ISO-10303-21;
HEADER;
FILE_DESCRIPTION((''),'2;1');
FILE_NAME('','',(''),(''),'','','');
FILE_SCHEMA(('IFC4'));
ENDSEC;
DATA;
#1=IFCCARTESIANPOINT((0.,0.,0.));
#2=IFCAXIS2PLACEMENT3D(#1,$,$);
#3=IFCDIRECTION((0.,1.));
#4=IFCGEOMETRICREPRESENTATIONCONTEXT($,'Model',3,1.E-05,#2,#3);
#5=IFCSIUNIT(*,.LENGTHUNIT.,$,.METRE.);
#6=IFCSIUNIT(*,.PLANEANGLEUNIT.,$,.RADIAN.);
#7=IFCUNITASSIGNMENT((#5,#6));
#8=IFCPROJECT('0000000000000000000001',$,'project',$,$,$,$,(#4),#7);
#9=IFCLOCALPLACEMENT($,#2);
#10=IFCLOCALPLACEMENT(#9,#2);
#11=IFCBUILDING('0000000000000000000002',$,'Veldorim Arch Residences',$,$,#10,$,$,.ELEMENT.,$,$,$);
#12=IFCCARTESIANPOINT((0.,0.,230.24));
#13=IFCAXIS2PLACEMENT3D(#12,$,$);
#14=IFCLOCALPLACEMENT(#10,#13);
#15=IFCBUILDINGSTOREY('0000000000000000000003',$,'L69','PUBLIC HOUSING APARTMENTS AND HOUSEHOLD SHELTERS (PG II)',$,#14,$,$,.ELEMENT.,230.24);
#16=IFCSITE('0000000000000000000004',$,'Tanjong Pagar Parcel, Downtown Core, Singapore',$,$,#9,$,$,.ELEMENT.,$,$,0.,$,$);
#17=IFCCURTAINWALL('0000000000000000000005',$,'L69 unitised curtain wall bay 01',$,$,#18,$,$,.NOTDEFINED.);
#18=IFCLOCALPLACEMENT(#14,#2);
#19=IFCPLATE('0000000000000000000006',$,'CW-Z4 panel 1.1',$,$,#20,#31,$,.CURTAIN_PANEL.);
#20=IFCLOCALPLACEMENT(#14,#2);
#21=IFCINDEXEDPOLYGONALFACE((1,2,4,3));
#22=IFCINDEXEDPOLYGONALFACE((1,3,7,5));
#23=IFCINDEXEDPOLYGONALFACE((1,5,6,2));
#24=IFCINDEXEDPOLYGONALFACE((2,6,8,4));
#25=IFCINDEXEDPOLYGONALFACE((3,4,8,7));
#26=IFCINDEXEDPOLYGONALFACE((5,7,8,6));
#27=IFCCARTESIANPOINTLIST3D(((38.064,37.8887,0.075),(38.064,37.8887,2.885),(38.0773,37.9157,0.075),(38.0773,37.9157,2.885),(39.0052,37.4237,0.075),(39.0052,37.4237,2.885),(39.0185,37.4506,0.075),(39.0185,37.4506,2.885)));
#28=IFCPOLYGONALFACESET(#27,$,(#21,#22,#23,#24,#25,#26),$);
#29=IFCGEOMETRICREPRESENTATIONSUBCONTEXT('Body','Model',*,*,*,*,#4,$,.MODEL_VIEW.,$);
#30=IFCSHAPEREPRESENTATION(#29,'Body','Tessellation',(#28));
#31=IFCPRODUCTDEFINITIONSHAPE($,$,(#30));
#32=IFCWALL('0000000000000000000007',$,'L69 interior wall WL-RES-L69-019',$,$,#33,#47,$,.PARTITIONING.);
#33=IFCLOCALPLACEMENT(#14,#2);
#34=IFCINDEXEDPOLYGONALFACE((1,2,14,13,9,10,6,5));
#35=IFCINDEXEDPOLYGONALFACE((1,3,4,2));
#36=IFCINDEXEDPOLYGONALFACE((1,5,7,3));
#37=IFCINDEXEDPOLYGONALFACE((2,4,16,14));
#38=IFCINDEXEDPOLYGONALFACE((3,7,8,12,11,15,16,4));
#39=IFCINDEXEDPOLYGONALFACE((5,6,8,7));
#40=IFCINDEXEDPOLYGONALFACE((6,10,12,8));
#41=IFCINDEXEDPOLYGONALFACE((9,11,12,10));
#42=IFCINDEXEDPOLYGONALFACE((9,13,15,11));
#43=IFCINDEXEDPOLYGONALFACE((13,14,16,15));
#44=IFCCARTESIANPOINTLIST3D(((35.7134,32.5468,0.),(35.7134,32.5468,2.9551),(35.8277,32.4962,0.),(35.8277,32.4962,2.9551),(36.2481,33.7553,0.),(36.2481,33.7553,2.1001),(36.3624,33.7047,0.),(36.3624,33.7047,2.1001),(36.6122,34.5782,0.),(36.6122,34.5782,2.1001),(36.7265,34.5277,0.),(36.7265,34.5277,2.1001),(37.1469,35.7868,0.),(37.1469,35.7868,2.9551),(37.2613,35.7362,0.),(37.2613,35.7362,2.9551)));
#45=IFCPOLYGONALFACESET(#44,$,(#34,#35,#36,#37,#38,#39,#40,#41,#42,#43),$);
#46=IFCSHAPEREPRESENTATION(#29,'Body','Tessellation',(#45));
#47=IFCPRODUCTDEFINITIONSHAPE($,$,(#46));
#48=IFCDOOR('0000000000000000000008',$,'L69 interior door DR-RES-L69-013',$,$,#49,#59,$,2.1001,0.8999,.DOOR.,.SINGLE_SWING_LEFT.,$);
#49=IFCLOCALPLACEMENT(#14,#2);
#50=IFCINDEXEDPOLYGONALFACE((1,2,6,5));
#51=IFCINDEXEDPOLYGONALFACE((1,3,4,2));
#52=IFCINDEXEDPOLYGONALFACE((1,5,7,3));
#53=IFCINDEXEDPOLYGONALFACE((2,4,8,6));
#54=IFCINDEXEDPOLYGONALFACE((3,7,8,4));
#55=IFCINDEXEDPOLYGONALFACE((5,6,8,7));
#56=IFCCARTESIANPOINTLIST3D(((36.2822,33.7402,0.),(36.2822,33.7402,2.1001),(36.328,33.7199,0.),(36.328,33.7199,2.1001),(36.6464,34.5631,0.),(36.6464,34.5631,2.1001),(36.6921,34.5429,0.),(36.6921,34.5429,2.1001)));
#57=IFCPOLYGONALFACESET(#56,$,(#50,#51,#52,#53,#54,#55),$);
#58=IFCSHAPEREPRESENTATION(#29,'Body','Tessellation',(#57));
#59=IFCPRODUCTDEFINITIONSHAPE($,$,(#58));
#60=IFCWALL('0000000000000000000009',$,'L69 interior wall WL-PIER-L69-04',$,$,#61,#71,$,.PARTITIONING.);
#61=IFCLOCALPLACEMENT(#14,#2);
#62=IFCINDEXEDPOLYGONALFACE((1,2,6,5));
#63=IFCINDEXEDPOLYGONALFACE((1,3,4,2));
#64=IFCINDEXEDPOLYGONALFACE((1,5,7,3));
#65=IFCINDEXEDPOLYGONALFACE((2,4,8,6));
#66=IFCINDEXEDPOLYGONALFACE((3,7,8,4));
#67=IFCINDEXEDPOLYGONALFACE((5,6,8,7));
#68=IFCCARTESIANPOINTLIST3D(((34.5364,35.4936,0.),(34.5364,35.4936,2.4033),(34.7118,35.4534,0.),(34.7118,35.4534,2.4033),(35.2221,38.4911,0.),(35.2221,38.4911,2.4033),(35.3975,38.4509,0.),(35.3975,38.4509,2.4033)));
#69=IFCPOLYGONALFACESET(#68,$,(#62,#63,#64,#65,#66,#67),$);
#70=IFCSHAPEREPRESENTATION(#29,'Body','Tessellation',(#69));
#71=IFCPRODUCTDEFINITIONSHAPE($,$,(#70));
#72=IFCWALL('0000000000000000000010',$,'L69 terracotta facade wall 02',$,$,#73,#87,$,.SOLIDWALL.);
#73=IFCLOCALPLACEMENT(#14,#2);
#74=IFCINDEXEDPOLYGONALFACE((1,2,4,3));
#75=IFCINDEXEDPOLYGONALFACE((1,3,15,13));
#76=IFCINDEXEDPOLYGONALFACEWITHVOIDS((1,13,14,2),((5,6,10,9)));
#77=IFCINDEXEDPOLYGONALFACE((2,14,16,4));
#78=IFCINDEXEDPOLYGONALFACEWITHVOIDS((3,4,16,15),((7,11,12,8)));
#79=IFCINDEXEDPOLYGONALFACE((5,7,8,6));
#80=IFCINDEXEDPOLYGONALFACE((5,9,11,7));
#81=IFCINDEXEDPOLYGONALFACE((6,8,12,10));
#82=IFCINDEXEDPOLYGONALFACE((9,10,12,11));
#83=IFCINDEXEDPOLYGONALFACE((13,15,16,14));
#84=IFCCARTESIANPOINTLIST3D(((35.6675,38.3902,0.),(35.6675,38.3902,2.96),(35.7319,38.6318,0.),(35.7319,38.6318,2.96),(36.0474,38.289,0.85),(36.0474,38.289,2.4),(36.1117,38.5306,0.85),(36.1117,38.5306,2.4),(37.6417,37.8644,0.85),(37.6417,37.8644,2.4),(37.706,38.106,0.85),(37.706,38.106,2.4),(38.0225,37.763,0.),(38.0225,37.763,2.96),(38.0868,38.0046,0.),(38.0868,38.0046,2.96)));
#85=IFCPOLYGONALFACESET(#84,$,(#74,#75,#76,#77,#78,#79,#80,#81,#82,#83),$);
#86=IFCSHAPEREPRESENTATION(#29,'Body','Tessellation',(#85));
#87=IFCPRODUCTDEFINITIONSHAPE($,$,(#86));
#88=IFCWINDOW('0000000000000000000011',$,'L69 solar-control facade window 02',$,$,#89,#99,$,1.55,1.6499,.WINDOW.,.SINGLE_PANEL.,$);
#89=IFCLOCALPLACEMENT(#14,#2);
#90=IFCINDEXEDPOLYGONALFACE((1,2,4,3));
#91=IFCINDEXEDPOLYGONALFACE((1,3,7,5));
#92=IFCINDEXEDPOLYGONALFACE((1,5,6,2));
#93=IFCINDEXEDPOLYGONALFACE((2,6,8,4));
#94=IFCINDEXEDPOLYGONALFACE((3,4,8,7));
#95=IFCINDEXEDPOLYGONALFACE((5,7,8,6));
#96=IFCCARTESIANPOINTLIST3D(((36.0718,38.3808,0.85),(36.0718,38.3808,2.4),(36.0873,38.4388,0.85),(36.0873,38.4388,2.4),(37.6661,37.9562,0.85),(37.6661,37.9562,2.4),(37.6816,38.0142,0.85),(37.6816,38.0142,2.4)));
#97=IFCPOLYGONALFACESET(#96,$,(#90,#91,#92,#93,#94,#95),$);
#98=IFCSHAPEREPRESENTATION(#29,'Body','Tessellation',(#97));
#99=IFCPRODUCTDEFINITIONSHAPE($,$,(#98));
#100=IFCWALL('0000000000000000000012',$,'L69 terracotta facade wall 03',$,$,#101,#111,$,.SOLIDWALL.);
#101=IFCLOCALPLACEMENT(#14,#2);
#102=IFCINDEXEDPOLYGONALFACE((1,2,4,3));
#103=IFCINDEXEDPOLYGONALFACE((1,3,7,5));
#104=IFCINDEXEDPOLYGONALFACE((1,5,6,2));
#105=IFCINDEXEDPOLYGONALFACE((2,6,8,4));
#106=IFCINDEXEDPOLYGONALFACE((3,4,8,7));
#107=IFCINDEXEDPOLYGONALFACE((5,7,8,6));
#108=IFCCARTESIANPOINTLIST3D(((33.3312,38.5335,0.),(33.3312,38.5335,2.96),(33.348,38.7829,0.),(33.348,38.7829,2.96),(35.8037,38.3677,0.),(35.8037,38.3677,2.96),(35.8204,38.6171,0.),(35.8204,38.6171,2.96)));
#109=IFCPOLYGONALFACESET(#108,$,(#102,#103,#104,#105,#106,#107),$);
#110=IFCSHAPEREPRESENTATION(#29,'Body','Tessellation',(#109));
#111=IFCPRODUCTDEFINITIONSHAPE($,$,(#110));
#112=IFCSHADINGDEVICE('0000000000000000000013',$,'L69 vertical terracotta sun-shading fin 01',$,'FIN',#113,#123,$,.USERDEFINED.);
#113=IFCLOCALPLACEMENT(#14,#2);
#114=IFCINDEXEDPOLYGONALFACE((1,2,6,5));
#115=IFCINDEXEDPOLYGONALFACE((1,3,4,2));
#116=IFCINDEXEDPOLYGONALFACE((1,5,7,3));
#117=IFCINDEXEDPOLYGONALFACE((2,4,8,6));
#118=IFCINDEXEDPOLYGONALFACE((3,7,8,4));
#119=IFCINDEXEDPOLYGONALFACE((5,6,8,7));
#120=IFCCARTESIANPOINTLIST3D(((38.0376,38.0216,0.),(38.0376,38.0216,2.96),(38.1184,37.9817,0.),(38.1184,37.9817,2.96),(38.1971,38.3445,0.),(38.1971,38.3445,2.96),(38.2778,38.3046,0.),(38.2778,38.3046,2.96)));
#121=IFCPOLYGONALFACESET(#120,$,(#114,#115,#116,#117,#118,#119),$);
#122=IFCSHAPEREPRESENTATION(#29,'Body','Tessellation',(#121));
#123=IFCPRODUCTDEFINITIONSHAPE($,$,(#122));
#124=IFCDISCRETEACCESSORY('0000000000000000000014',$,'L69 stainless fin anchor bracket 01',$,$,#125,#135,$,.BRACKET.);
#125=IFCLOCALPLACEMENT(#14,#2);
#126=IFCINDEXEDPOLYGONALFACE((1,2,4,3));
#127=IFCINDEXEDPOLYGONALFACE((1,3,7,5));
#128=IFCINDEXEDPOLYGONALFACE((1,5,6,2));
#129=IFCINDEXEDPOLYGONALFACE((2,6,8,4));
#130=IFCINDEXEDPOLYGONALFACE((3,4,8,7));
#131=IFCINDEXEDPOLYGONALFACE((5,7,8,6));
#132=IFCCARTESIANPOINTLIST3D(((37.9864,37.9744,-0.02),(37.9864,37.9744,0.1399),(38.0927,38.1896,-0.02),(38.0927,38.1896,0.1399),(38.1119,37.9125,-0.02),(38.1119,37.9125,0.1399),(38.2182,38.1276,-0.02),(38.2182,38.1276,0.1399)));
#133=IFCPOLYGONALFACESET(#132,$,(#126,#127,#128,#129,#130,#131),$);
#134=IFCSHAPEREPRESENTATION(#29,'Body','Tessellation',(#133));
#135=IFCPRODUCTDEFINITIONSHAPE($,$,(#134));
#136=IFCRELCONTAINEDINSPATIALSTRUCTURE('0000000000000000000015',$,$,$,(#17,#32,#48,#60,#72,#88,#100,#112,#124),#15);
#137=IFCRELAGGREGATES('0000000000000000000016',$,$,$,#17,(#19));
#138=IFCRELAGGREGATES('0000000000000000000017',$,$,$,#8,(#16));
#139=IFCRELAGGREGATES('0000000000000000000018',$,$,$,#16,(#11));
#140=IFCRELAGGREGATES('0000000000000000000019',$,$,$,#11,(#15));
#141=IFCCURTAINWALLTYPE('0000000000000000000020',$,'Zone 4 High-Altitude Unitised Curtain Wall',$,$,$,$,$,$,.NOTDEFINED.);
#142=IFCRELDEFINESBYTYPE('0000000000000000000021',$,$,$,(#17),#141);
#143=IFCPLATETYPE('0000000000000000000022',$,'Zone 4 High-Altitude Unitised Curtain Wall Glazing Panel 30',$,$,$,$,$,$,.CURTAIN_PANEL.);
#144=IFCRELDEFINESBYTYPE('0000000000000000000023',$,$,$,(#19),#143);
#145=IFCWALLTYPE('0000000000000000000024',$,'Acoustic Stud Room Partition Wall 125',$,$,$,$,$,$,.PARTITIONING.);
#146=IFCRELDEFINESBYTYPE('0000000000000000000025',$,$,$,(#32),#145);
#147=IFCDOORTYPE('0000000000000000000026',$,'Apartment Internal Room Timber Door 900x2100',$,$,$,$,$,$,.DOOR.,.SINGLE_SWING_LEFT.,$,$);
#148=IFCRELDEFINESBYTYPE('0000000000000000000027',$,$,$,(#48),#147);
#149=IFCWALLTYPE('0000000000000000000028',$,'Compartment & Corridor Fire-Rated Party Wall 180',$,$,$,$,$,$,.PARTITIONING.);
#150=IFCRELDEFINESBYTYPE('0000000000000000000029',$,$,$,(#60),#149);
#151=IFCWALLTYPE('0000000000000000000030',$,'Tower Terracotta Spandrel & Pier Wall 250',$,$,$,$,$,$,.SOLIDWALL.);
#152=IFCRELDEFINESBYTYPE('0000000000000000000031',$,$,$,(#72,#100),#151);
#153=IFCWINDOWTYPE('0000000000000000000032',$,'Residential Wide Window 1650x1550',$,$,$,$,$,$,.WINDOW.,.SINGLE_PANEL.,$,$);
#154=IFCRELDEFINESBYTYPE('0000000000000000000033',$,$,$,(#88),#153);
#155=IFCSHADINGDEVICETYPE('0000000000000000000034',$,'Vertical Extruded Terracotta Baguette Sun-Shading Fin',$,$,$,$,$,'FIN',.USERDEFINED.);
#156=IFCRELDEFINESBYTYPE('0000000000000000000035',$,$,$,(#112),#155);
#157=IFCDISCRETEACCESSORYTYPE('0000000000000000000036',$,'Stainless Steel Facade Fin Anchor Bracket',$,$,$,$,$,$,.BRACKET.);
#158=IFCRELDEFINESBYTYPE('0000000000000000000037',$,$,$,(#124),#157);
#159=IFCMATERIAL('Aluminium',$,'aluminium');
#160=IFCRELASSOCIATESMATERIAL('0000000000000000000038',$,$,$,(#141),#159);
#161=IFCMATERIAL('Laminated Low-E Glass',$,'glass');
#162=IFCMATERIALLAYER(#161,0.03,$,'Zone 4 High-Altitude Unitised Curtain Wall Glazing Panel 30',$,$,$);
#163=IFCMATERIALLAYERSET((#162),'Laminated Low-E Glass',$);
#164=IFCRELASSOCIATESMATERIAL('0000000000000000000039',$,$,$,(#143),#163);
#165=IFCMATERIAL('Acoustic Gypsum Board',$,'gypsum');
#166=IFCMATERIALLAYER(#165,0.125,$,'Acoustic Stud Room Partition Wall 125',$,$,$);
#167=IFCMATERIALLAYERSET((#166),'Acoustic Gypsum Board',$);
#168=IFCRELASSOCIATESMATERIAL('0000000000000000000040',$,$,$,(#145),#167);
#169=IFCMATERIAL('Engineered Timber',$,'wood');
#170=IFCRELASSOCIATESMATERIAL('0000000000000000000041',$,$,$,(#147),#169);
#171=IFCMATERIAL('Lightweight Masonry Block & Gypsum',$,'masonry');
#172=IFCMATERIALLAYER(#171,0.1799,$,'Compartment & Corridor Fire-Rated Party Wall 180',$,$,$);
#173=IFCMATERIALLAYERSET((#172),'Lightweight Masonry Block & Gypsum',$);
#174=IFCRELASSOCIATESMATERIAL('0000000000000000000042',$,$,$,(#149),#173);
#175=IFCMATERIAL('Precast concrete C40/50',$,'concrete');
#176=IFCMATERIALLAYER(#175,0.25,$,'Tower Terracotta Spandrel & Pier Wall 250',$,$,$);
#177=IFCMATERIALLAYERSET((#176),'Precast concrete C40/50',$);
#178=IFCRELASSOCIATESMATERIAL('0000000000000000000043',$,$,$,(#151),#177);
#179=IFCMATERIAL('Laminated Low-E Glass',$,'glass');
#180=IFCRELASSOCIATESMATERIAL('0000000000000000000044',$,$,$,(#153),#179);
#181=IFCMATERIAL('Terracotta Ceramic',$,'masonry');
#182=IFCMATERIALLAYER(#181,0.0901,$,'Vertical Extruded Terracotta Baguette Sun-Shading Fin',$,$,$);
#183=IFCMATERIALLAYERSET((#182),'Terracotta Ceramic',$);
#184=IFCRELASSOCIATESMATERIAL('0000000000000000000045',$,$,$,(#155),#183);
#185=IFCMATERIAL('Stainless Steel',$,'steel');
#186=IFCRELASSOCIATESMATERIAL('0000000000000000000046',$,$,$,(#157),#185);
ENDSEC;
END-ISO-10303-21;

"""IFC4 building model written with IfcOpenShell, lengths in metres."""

from ifc_helpers import new_model, si_unit, direction, frame, frame_2d, origin, origin_2d, place, context, subcontext, project, spatial, rectangle, extrude, material, layer, layer_set, type_object, element, fill, aggregate, save


model = new_model("IFC4")

# Units and contexts
model_context = context("Model", 3, precision=1e-05, world=origin(), true_north=direction((0.0, 1.0)))
body_context = subcontext(model_context, "Body", "Model", "MODEL_VIEW")
ifc_project = project(units=[si_unit("LENGTHUNIT", "METRE"), si_unit("PLANEANGLEUNIT", "RADIAN")], contexts=[model_context])

# Site, building, storey
site_placement = place(None, origin())
site = spatial("IfcSite", under=ifc_project, at=site_placement, Name="Tanjong Pagar Parcel, Downtown Core, Singapore", CompositionType="ELEMENT", RefElevation=0.0)
building_placement = place(site_placement, origin())
building = spatial("IfcBuilding", under=site, at=building_placement, Name="Veldorim Arch Residences", CompositionType="ELEMENT")
storey_placement = place(building_placement, frame((0.0, 0.0, 230.24)))
storey = spatial("IfcBuildingStorey", under=building, at=storey_placement, Name="L69", Description="PUBLIC HOUSING APARTMENTS AND HOUSEHOLD SHELTERS (PG II)", CompositionType="ELEMENT", Elevation=230.24)

# Curtain wall, plate
ifc_material_1 = material(Name="Aluminium", Category="aluminium")
curtain_wall_type = type_object("IfcCurtainWallType", Name="Zone 4 High-Altitude Unitised Curtain Wall", PredefinedType="NOTDEFINED", material=ifc_material_1)
curtain_wall_placement = place(storey_placement, origin())
curtain_wall = element("IfcCurtainWall", 1, at=curtain_wall_placement, inside=storey, type_object=curtain_wall_type, Name="L69 unitised curtain wall bay 01", PredefinedType="NOTDEFINED")
ifc_material_2 = material(Name="Laminated Low-E Glass", Category="glass")
ifc_layer_1 = layer(ifc_material_2, 0.03, Name="Zone 4 High-Altitude Unitised Curtain Wall Glazing Panel 30")
ifc_layer_set_1 = layer_set([ifc_layer_1], Name="Laminated Low-E Glass")
plate_type = type_object("IfcPlateType", Name="Zone 4 High-Altitude Unitised Curtain Wall Glazing Panel 30", PredefinedType="CURTAIN_PANEL", material=ifc_layer_set_1)
plate_placement = place(storey_placement, frame((38.5413, 37.6697, 0.075), z_axis=(0.0, 0.0, 1.0), x_axis=(0.896525, -0.442993, 0.0)))
plate = element("IfcPlate", 2, at=plate_placement, type_object=plate_type, Name="CW-Z4 panel 1.1", PredefinedType="CURTAIN_PANEL", context=body_context, shape_type="SweptSolid", body=[
    extrude(rectangle(XDim=1.0498, YDim=0.03, at=origin_2d()), origin(), (0.0, 0.0, 1.0), 2.8101),
])
aggregate(curtain_wall, [plate])

# Wall, opening, door
ifc_material_3 = material(Name="Acoustic Gypsum Board", Category="gypsum")
ifc_layer_2 = layer(ifc_material_3, 0.125, Name="Acoustic Stud Room Partition Wall 125")
ifc_layer_set_2 = layer_set([ifc_layer_2], Name="Acoustic Gypsum Board")
wall_type_1 = type_object("IfcWallType", Name="Acoustic Stud Room Partition Wall 125", PredefinedType="PARTITIONING", material=ifc_layer_set_2)
wall_1_placement = place(storey_placement, frame((37.2041, 35.7615, 0.0), z_axis=(0.0, 0.0, 1.0), x_axis=(-0.404629, -0.914481, 0.0)))
wall_1 = element("IfcWall", 3, at=wall_1_placement, inside=storey, type_object=wall_type_1, Name="L69 interior wall WL-RES-L69-019", PredefinedType="PARTITIONING", context=body_context, shape_type="SweptSolid", body=[
    extrude(rectangle(XDim=3.543, YDim=0.125, at=frame_2d((1.7715, 0.0))), origin(), (0.0, 0.0, 1.0), 2.9551),
])
opening_1_placement = place(wall_1_placement, frame((1.3215, 0.0, 0.0)))
opening_1 = element("IfcOpeningElement", 4, at=opening_1_placement, cuts=wall_1, PredefinedType="OPENING", context=body_context, shape_type="SweptSolid", body=[
    extrude(rectangle(XDim=0.8999, YDim=2.1001, at=frame_2d((0.45, 1.05))), frame((0.0, 0.0725, 0.0), z_axis=(0.0, -1.0, 0.0), x_axis=(1.0, 0.0, 0.0)), (0.0, 0.0, 1.0), 0.145),
])
ifc_material_4 = material(Name="Engineered Timber", Category="wood")
door_type = type_object("IfcDoorType", Name="Apartment Internal Room Timber Door 900x2100", OperationType="SINGLE_SWING_LEFT", PredefinedType="DOOR", material=ifc_material_4)
door_placement = place(opening_1_placement, origin())
door = element("IfcDoor", 5, at=door_placement, inside=storey, type_object=door_type, Name="L69 interior door DR-RES-L69-013", OperationType="SINGLE_SWING_LEFT", OverallHeight=2.1001, OverallWidth=0.8999, PredefinedType="DOOR", context=body_context, shape_type="SweptSolid", body=[
    extrude(rectangle(XDim=0.8999, YDim=2.1001, at=frame_2d((0.45, 1.05))), frame((0.0, 0.0249, 0.0), z_axis=(0.0, -1.0, 0.0), x_axis=(1.0, 0.0, 0.0)), (0.0, 0.0, 1.0), 0.05),
])
fill(opening_1, door)

# Wall
ifc_material_5 = material(Name="Lightweight Masonry Block & Gypsum", Category="masonry")
ifc_layer_3 = layer(ifc_material_5, 0.1799, Name="Compartment & Corridor Fire-Rated Party Wall 180")
ifc_layer_set_3 = layer_set([ifc_layer_3], Name="Lightweight Masonry Block & Gypsum")
wall_type_2 = type_object("IfcWallType", Name="Compartment & Corridor Fire-Rated Party Wall 180", PredefinedType="PARTITIONING", material=ifc_layer_set_3)
wall_2_placement = place(storey_placement, frame((34.624, 35.4734, 0.0), z_axis=(0.0, 0.0, 1.0), x_axis=(0.223021, 0.974814, 0.0)))
element("IfcWall", 6, at=wall_2_placement, inside=storey, type_object=wall_type_2, Name="L69 interior wall WL-PIER-L69-04", PredefinedType="PARTITIONING", context=body_context, shape_type="SweptSolid", body=[
    extrude(rectangle(XDim=3.075, YDim=0.1799, at=frame_2d((1.5376, 0.0))), origin(), (0.0, 0.0, 1.0), 2.4033),
])

# Wall, opening, window
ifc_material_6 = material(Name="Precast concrete C40/50", Category="concrete")
ifc_layer_4 = layer(ifc_material_6, 0.25, Name="Tower Terracotta Spandrel & Pier Wall 250")
ifc_layer_set_4 = layer_set([ifc_layer_4], Name="Precast concrete C40/50")
wall_type_3 = type_object("IfcWallType", Name="Tower Terracotta Spandrel & Pier Wall 250", PredefinedType="SOLIDWALL", material=ifc_layer_set_4)
wall_3_placement = place(storey_placement, frame((35.6997, 38.511, 0.0), z_axis=(0.0, 0.0, 1.0), x_axis=(0.966316, -0.257357, 0.0)))
wall_3 = element("IfcWall", 7, at=wall_3_placement, inside=storey, type_object=wall_type_3, Name="L69 terracotta facade wall 02", PredefinedType="SOLIDWALL", context=body_context, shape_type="SweptSolid", body=[
    extrude(rectangle(XDim=2.437, YDim=0.25, at=frame_2d((1.2185, 0.0))), origin(), (0.0, 0.0, 1.0), 2.96),
])
opening_2_placement = place(wall_3_placement, frame((0.3931, 0.0, 0.8501)))
opening_2 = element("IfcOpeningElement", 8, at=opening_2_placement, cuts=wall_3, PredefinedType="OPENING", context=body_context, shape_type="SweptSolid", body=[
    extrude(rectangle(XDim=1.6499, YDim=1.55, at=frame_2d((0.825, 0.7749))), frame((0.0, 0.135, 0.0), z_axis=(0.0, -1.0, 0.0), x_axis=(1.0, 0.0, 0.0)), (0.0, 0.0, 1.0), 0.27),
])
ifc_material_7 = material(Name="Laminated Low-E Glass", Category="glass")
window_type = type_object("IfcWindowType", Name="Residential Wide Window 1650x1550", PartitioningType="SINGLE_PANEL", PredefinedType="WINDOW", material=ifc_material_7)
window_placement = place(opening_2_placement, origin())
window = element("IfcWindow", 9, at=window_placement, inside=storey, type_object=window_type, Name="L69 solar-control facade window 02", OverallHeight=1.55, OverallWidth=1.6499, PartitioningType="SINGLE_PANEL", PredefinedType="WINDOW", context=body_context, shape_type="SweptSolid", body=[
    extrude(rectangle(XDim=1.6499, YDim=1.55, at=frame_2d((0.825, 0.7749))), frame((0.0, 0.03, 0.0), z_axis=(0.0, -1.0, 0.0), x_axis=(1.0, 0.0, 0.0)), (0.0, 0.0, 1.0), 0.0601),
])
fill(opening_2, window)

# Wall
wall_4_placement = place(storey_placement, frame((33.3396, 38.6582, 0.0), z_axis=(0.0, 0.0, 1.0), x_axis=(0.99776, -0.066898, 0.0)))
element("IfcWall", 10, at=wall_4_placement, inside=storey, type_object=wall_type_3, Name="L69 terracotta facade wall 03", PredefinedType="SOLIDWALL", context=body_context, shape_type="SweptSolid", body=[
    extrude(rectangle(XDim=2.478, YDim=0.25, at=frame_2d((1.239, 0.0))), origin(), (0.0, 0.0, 1.0), 2.96),
])

# Shading device
ifc_material_8 = material(Name="Terracotta Ceramic", Category="masonry")
ifc_layer_5 = layer(ifc_material_8, 0.0901, Name="Vertical Extruded Terracotta Baguette Sun-Shading Fin")
ifc_layer_set_5 = layer_set([ifc_layer_5], Name="Terracotta Ceramic")
shading_device_type = type_object("IfcShadingDeviceType", Name="Vertical Extruded Terracotta Baguette Sun-Shading Fin", ElementType="FIN", PredefinedType="USERDEFINED", material=ifc_layer_set_5)
shading_device_placement = place(storey_placement, frame((38.1577, 38.1631, 0.0), z_axis=(0.0, 0.0, 1.0), x_axis=(0.896564, -0.442915, 0.0)))
element("IfcShadingDevice", 11, at=shading_device_placement, inside=storey, type_object=shading_device_type, Name="L69 vertical terracotta sun-shading fin 01", ObjectType="FIN", PredefinedType="USERDEFINED", context=body_context, shape_type="SweptSolid", body=[
    extrude(rectangle(XDim=0.0901, YDim=0.3601, at=origin_2d()), origin(), (0.0, 0.0, 1.0), 2.96),
])

# Discrete accessory
ifc_material_9 = material(Name="Stainless Steel", Category="steel")
discrete_accessory_type = type_object("IfcDiscreteAccessoryType", Name="Stainless Steel Facade Fin Anchor Bracket", PredefinedType="BRACKET", material=ifc_material_9)
discrete_accessory_placement = place(storey_placement, frame((38.1023, 38.051, -0.02), z_axis=(0.0, 0.0, 1.0), x_axis=(0.896564, -0.442915, 0.0)))
element("IfcDiscreteAccessory", 12, at=discrete_accessory_placement, inside=storey, type_object=discrete_accessory_type, Name="L69 stainless fin anchor bracket 01", PredefinedType="BRACKET", context=body_context, shape_type="SweptSolid", body=[
    extrude(rectangle(XDim=0.1399, YDim=0.24, at=origin_2d()), origin(), (0.0, 0.0, 1.0), 0.1599),
])

save(model, "model.ifc")
